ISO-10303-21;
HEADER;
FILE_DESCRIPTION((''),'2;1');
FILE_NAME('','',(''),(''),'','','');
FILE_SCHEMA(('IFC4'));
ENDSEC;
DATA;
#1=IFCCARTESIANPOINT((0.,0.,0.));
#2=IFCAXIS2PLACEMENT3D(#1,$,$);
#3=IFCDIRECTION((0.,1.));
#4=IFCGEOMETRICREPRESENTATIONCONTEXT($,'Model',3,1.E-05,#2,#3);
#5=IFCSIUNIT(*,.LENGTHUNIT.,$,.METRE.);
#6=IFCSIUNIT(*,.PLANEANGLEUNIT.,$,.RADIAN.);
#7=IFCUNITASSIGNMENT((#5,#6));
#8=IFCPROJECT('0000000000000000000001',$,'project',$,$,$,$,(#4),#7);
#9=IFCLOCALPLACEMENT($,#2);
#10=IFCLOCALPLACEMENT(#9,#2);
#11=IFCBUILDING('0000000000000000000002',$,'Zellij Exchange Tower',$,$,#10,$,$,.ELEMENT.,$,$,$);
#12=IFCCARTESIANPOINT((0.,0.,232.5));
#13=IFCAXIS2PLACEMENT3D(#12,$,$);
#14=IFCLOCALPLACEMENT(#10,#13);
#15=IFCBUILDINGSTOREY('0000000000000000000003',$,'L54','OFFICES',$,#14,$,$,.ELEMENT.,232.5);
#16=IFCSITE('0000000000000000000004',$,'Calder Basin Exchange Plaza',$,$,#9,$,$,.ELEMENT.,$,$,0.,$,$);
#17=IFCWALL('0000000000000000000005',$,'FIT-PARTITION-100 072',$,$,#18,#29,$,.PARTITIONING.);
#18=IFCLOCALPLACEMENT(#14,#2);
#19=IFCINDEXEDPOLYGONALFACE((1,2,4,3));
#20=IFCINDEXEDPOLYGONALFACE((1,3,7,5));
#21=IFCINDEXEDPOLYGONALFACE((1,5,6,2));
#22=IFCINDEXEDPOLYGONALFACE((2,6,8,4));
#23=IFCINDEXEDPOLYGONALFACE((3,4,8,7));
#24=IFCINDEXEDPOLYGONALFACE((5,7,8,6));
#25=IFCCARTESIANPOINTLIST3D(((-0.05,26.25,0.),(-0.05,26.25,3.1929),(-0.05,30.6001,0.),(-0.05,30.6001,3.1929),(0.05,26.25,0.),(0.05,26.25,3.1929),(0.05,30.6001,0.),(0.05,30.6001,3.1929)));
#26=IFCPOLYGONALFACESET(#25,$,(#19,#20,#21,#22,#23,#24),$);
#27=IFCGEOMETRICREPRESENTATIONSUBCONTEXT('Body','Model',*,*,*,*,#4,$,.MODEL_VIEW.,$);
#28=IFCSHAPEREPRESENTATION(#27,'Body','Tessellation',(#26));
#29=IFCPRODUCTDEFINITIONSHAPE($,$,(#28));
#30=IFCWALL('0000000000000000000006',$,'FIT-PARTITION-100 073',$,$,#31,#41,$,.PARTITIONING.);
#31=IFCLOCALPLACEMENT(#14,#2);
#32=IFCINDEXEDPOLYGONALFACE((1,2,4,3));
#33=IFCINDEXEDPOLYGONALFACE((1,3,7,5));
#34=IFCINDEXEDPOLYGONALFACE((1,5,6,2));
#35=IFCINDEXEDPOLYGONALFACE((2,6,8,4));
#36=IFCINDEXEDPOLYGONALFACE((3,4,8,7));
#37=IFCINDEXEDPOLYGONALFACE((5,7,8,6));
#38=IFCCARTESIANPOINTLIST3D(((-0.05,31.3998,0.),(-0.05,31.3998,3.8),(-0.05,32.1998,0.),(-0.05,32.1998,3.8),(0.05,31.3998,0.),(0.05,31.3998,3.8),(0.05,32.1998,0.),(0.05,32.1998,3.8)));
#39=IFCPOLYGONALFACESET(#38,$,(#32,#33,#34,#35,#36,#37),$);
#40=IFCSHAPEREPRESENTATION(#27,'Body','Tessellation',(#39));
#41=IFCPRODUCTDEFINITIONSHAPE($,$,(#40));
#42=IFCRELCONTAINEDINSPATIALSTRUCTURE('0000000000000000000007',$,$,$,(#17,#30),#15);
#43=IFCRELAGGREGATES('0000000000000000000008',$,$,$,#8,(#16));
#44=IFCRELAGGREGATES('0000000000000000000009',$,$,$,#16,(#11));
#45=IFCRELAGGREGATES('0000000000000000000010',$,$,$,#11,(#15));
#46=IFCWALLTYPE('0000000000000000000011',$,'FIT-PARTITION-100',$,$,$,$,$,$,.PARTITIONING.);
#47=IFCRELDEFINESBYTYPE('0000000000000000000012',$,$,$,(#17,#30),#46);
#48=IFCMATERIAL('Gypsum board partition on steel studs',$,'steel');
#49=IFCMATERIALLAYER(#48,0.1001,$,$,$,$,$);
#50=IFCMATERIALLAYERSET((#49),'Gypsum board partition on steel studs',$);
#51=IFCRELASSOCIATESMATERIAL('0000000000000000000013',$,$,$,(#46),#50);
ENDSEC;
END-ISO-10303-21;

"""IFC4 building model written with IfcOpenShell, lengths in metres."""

from ifc_helpers import new_model, si_unit, direction, frame, frame_2d, origin, place, context, subcontext, project, spatial, rectangle, extrude, material, layer, layer_set, type_object, element, save


model = new_model("IFC4")

# Units and contexts
model_context = context("Model", 3, precision=1e-05, world=origin(), true_north=direction((0.0, 1.0)))
body_context = subcontext(model_context, "Body", "Model", "MODEL_VIEW")
ifc_project = project(units=[si_unit("LENGTHUNIT", "METRE"), si_unit("PLANEANGLEUNIT", "RADIAN")], contexts=[model_context])

# Site, building, storey
site_placement = place(None, origin())
site = spatial("IfcSite", under=ifc_project, at=site_placement, Name="Calder Basin Exchange Plaza", CompositionType="ELEMENT", RefElevation=0.0)
building_placement = place(site_placement, origin())
building = spatial("IfcBuilding", under=site, at=building_placement, Name="Zellij Exchange Tower", CompositionType="ELEMENT")
storey_placement = place(building_placement, frame((0.0, 0.0, 232.5)))
storey = spatial("IfcBuildingStorey", under=building, at=storey_placement, Name="L54", Description="OFFICES", CompositionType="ELEMENT", Elevation=232.5)

# Walls
ifc_material_1 = material(Name="Gypsum board partition on steel studs", Category="steel")
ifc_layer = layer(ifc_material_1, 0.1001)
ifc_layer_set = layer_set([ifc_layer], Name="Gypsum board partition on steel studs")
wall_type = type_object("IfcWallType", Name="FIT-PARTITION-100", PredefinedType="PARTITIONING", material=ifc_layer_set)
wall_1_placement = place(storey_placement, frame((0.0, 26.25, 0.0), z_axis=(0.0, 0.0, 1.0), x_axis=(0.0, 1.0, 0.0)))
element("IfcWall", 1, at=wall_1_placement, inside=storey, type_object=wall_type, Name="FIT-PARTITION-100 072", PredefinedType="PARTITIONING", context=body_context, shape_type="SweptSolid", body=[
    extrude(rectangle(XDim=4.3501, YDim=0.1001, at=frame_2d((2.175, 0.0))), origin(), (0.0, 0.0, 1.0), 3.1929),
])
wall_2_placement = place(storey_placement, frame((0.0, 31.3999, 0.0), z_axis=(0.0, 0.0, 1.0), x_axis=(0.0, 1.0, 0.0)))
element("IfcWall", 2, at=wall_2_placement, inside=storey, type_object=wall_type, Name="FIT-PARTITION-100 073", PredefinedType="PARTITIONING", context=body_context, shape_type="SweptSolid", body=[
    extrude(rectangle(XDim=0.8, YDim=0.1001, at=frame_2d((0.3999, 0.0))), origin(), (0.0, 0.0, 1.0), 3.8),
])

save(model, "model.ifc")
